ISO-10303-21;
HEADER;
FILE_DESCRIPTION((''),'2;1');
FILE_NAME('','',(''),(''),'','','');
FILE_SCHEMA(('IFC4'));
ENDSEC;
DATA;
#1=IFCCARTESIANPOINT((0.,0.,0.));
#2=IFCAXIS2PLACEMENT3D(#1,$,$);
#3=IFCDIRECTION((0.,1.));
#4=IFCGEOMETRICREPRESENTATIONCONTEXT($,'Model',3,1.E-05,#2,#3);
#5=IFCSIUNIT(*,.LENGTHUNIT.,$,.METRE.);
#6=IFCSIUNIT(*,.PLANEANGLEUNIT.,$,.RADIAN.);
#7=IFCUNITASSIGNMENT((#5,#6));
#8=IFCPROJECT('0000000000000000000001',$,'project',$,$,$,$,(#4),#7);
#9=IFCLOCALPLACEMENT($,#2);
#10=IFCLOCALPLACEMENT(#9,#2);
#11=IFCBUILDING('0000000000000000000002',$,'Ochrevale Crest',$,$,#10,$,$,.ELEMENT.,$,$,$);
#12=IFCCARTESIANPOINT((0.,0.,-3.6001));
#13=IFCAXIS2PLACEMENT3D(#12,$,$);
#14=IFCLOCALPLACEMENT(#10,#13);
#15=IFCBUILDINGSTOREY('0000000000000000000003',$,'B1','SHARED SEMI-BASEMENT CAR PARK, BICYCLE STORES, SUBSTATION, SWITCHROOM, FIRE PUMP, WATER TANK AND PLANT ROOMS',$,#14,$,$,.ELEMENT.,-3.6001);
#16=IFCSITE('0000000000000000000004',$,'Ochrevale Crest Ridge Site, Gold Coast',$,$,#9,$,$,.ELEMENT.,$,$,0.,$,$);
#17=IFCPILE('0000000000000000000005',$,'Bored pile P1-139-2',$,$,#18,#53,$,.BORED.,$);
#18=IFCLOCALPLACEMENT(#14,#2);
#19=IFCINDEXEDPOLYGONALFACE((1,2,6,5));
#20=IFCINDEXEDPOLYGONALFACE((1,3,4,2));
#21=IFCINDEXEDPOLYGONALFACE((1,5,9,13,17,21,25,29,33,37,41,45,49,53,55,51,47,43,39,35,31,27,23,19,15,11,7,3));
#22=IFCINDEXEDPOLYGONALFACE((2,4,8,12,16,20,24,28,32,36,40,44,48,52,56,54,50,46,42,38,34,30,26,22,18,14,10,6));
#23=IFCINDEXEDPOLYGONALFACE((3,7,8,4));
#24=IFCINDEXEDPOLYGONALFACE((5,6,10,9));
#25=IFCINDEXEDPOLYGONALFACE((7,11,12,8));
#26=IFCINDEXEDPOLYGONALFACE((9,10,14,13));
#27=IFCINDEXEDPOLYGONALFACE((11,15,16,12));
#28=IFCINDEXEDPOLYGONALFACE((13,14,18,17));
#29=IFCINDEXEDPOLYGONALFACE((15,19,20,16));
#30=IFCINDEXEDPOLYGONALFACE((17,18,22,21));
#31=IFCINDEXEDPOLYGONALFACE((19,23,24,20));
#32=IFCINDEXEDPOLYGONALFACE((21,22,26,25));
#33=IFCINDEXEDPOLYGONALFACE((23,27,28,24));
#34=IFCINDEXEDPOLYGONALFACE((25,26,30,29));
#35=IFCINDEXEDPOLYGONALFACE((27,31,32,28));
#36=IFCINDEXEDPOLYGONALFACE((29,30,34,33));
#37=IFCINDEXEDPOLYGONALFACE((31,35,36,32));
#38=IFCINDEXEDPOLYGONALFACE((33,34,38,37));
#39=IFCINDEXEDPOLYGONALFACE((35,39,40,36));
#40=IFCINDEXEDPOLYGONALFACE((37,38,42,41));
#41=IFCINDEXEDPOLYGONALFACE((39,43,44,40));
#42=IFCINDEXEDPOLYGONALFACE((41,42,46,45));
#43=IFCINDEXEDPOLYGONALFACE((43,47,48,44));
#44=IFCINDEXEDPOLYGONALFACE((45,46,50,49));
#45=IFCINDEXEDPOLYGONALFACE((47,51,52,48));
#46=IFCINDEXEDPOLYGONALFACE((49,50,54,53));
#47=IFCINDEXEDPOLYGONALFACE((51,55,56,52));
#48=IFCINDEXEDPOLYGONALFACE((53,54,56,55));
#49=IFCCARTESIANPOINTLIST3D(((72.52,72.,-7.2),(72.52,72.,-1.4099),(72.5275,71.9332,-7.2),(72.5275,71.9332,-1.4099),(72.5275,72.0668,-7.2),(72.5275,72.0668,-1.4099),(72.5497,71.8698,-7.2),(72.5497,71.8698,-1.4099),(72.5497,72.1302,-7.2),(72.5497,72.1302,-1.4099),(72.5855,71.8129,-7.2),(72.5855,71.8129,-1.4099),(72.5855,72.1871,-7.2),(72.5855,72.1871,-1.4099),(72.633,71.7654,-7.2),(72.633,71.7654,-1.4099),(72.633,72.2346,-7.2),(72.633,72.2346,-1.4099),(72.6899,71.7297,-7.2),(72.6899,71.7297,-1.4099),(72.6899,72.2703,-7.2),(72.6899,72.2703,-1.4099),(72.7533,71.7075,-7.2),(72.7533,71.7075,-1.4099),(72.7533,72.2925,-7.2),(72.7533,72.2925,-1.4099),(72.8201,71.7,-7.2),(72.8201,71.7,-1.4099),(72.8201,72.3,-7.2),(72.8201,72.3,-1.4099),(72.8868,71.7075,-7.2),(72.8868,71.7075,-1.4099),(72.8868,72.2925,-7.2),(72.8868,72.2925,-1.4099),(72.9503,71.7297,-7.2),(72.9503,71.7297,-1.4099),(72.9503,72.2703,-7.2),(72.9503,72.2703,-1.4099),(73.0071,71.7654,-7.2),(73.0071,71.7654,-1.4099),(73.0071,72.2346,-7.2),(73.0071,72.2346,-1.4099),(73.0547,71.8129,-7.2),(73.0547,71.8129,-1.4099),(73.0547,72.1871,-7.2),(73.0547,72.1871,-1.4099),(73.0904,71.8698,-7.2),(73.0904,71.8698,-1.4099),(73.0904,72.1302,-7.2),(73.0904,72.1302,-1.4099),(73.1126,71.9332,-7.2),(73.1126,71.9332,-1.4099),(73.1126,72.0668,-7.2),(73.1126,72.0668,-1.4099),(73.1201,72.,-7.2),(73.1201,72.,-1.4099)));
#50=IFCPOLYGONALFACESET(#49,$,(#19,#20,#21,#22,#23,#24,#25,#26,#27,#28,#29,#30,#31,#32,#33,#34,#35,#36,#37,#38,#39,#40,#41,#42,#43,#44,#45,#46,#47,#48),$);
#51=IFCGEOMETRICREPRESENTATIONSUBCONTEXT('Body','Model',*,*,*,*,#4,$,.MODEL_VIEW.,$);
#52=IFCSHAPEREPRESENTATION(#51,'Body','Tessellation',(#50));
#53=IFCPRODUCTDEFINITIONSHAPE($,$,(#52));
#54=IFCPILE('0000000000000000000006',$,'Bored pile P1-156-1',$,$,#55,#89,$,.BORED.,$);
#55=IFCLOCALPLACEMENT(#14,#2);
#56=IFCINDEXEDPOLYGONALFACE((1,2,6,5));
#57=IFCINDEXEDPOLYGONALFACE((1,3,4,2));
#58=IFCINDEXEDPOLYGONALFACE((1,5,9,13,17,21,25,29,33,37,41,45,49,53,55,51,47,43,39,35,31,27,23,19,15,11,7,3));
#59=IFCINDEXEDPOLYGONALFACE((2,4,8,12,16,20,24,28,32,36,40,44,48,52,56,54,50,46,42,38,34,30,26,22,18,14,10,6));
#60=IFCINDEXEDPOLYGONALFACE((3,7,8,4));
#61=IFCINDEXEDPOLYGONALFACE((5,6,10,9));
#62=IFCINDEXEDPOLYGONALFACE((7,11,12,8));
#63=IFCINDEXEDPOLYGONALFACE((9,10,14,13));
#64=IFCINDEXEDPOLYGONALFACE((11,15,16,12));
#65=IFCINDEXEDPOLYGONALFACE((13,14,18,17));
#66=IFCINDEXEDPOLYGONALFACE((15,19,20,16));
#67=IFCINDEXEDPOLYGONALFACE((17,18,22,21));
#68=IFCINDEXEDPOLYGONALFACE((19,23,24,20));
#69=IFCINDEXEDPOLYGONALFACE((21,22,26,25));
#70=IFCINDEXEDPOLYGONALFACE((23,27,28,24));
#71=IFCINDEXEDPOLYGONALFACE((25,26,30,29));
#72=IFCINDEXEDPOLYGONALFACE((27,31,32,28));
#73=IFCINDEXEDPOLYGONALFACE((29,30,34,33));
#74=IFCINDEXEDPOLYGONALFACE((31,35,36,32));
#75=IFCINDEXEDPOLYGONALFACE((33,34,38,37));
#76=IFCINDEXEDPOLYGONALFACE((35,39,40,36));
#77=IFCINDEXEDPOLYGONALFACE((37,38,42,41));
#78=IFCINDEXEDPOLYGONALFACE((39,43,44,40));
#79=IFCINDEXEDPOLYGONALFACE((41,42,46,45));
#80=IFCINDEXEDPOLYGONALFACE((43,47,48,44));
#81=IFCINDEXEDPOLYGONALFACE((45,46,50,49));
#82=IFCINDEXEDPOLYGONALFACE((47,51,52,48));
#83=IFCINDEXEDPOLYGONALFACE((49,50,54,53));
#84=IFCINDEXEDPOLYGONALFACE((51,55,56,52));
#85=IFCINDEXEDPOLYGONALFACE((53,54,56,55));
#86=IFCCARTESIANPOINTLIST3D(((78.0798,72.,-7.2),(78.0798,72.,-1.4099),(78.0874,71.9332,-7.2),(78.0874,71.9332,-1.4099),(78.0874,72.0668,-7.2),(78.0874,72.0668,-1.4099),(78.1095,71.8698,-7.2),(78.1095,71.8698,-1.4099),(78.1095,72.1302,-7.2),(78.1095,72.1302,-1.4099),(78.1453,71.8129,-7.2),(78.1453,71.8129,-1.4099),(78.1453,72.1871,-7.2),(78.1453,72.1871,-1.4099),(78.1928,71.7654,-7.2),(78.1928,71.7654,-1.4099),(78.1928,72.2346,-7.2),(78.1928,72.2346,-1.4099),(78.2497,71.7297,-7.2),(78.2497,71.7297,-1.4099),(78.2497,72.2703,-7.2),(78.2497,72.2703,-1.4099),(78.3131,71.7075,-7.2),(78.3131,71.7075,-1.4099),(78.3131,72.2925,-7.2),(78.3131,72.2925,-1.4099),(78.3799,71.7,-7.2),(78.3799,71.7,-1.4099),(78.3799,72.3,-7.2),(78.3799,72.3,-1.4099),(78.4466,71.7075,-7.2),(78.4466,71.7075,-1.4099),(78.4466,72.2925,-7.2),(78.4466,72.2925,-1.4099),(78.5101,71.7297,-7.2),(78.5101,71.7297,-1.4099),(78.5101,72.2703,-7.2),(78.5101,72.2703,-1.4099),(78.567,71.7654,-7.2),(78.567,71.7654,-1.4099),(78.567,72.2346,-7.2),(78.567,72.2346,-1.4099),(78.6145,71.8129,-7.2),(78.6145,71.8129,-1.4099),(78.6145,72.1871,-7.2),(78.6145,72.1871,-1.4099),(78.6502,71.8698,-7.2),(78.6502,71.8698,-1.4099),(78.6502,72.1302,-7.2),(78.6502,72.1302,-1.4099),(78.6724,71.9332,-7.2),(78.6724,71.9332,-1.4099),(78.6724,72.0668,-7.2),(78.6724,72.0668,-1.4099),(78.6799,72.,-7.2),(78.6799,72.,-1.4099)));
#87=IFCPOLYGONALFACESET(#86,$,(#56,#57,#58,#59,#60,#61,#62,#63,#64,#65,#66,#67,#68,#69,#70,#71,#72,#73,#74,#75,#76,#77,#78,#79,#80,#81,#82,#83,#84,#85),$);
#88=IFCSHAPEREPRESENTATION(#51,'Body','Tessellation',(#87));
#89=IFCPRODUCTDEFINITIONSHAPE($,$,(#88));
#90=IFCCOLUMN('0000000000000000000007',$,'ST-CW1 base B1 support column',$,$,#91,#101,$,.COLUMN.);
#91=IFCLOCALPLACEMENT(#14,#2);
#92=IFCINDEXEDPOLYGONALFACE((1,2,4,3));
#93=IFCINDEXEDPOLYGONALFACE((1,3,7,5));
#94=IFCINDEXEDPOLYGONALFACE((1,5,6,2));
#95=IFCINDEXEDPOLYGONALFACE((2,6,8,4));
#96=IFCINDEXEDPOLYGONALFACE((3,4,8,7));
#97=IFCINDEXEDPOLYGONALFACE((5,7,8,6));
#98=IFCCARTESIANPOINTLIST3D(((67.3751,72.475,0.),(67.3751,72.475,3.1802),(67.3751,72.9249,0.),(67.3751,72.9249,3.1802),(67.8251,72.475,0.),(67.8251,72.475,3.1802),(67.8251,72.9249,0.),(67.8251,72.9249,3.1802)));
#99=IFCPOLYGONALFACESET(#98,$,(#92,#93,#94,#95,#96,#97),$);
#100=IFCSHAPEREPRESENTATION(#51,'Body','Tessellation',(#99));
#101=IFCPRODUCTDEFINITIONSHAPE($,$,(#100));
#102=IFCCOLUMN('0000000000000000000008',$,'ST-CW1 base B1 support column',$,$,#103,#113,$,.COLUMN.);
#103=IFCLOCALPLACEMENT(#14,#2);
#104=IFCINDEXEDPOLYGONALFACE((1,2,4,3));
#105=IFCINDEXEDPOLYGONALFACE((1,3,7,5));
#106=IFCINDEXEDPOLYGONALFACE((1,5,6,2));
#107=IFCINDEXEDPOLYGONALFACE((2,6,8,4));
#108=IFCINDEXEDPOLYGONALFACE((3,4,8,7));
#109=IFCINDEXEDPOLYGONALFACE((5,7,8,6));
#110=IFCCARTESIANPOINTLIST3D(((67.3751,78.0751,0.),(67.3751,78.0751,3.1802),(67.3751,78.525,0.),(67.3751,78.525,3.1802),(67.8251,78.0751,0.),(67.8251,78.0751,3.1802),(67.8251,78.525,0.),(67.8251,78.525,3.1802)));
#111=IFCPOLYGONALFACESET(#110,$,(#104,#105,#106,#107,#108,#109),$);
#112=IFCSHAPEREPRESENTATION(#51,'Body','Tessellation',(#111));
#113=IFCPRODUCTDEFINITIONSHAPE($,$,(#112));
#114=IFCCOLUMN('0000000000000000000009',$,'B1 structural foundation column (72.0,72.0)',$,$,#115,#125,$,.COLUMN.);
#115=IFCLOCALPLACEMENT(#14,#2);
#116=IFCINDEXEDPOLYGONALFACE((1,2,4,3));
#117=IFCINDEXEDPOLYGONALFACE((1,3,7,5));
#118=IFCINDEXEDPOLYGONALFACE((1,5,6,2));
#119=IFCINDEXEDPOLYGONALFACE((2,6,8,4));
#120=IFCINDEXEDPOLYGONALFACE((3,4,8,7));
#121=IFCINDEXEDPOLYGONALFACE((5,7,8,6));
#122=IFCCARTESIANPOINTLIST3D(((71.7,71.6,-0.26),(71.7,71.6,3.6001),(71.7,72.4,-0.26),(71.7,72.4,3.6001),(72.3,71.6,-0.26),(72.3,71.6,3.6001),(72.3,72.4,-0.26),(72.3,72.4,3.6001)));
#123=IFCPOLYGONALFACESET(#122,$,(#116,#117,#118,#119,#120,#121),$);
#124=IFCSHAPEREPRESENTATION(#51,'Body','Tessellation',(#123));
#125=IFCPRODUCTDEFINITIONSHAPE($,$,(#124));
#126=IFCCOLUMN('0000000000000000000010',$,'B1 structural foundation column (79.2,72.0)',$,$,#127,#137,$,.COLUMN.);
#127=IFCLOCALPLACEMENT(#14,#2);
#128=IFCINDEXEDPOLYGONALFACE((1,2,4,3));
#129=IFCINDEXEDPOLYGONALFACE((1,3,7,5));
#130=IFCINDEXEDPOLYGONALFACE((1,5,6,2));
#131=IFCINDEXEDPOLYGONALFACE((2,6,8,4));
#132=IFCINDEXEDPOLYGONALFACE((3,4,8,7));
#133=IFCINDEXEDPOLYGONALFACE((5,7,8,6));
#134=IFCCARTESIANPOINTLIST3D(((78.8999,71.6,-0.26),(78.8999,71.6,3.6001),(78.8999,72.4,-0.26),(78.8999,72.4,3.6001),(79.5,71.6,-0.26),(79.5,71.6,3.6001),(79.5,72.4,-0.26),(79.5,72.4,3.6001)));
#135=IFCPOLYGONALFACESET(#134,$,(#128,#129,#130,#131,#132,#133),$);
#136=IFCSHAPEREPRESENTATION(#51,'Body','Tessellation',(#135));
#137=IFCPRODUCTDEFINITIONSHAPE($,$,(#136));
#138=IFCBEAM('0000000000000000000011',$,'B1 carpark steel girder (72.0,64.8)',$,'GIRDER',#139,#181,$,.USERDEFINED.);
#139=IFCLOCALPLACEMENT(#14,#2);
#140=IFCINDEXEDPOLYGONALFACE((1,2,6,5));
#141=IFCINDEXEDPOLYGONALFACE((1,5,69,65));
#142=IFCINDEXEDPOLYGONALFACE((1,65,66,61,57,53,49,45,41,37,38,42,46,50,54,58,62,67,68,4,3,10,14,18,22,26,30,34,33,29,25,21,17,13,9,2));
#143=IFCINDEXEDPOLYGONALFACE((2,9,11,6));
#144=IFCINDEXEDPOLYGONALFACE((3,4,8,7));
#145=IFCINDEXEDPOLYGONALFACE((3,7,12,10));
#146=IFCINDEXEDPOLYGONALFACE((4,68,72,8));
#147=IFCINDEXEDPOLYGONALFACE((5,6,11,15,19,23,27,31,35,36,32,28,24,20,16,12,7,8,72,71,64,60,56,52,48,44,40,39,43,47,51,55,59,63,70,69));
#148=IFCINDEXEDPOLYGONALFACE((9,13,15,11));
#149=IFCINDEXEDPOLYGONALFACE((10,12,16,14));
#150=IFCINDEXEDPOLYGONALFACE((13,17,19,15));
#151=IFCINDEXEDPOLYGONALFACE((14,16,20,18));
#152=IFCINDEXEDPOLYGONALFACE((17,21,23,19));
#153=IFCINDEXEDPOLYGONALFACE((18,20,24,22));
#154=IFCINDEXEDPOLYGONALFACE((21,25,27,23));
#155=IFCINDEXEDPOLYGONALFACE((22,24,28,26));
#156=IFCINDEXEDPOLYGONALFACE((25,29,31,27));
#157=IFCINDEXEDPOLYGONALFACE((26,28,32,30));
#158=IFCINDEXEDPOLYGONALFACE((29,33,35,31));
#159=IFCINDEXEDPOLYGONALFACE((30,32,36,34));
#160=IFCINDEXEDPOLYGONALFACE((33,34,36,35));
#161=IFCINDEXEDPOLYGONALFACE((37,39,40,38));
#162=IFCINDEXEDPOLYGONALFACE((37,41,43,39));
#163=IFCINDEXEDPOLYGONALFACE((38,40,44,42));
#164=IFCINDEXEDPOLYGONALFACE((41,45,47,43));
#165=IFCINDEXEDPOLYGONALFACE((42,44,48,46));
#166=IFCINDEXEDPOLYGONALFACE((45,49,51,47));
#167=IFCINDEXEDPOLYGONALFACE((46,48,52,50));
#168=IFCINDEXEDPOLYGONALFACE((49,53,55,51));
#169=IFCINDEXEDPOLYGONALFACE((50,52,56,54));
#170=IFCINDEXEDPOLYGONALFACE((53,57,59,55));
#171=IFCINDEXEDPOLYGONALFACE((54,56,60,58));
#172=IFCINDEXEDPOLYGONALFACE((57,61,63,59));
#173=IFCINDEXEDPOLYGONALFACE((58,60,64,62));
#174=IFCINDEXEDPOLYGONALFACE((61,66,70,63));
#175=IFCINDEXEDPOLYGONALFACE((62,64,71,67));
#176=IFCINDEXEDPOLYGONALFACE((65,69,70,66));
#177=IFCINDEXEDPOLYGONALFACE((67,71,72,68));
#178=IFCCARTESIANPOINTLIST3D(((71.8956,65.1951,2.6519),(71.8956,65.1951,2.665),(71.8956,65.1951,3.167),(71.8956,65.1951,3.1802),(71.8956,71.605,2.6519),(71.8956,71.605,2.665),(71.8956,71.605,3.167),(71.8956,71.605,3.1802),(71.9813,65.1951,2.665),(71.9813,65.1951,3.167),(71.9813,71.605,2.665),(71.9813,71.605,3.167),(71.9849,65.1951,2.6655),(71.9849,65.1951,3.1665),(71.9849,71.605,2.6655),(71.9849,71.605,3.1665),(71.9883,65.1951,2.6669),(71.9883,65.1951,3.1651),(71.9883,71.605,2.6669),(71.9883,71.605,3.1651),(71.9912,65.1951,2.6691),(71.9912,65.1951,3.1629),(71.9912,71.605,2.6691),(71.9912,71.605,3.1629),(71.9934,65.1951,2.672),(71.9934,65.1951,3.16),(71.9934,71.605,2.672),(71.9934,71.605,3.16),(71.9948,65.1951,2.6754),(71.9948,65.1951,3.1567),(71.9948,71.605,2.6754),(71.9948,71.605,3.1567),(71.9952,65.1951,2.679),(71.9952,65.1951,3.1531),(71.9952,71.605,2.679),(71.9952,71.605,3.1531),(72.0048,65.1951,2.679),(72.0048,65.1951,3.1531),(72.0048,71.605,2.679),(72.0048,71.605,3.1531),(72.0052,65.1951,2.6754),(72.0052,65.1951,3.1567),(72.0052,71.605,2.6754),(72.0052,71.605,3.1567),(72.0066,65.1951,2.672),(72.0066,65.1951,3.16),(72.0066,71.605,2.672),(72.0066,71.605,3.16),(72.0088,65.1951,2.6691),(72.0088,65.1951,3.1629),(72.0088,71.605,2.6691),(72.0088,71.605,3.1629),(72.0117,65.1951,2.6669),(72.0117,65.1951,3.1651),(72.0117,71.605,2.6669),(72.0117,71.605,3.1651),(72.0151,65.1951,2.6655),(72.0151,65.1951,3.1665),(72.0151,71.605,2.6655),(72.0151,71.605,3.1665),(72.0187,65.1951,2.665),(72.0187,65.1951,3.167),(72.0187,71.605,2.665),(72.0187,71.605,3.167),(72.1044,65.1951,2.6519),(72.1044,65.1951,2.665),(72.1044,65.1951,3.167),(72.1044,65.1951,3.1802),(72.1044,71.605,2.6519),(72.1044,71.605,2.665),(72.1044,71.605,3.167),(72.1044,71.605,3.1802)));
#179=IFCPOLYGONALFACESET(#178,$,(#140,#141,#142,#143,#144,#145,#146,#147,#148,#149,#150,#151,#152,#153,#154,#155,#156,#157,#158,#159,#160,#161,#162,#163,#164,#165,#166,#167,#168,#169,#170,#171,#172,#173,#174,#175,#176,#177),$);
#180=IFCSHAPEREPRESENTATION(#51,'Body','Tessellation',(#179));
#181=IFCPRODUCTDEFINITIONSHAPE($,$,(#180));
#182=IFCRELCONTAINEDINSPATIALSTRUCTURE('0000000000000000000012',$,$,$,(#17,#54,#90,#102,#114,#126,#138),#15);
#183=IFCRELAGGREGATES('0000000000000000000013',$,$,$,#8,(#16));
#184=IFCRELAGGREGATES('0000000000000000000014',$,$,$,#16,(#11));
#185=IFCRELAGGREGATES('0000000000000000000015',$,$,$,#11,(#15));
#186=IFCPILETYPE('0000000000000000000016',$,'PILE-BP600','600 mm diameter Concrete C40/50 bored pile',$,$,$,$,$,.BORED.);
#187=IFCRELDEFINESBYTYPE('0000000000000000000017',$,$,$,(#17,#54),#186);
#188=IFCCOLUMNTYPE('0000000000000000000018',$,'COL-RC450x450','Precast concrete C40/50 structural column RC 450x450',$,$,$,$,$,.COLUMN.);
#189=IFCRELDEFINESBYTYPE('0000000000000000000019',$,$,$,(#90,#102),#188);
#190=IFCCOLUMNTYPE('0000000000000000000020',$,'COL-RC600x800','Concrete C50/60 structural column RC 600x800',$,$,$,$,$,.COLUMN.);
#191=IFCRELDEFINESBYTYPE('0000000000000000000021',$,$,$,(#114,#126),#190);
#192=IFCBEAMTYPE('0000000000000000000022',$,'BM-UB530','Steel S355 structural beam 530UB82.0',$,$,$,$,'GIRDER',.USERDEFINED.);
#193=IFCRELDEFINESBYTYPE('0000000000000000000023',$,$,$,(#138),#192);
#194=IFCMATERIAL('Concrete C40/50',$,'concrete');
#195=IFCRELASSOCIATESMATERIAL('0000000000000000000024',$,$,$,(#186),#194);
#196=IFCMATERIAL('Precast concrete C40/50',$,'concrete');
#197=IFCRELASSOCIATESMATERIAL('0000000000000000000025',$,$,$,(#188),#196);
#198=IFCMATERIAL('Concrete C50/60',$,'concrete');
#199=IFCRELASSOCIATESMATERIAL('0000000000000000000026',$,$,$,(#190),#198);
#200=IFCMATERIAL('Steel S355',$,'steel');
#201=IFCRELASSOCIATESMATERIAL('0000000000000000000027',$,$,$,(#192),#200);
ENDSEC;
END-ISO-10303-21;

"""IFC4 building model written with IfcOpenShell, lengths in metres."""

from ifc_helpers import new_model, si_unit, direction, frame, origin, origin_2d, place, context, subcontext, project, spatial, rectangle, circle, i_section, extrude, material, material_profile, profile_set, type_object, element, save


model = new_model("IFC4")

# Units and contexts
model_context = context("Model", 3, precision=1e-05, world=origin(), true_north=direction((0.0, 1.0)))
body_context = subcontext(model_context, "Body", "Model", "MODEL_VIEW")
ifc_project = project(units=[si_unit("LENGTHUNIT", "METRE"), si_unit("PLANEANGLEUNIT", "RADIAN")], contexts=[model_context])

# Site, building, storey
site_placement = place(None, origin())
site = spatial("IfcSite", under=ifc_project, at=site_placement, Name="Ochrevale Crest Ridge Site, Gold Coast", CompositionType="ELEMENT", RefElevation=0.0)
building_placement = place(site_placement, origin())
building = spatial("IfcBuilding", under=site, at=building_placement, Name="Ochrevale Crest", CompositionType="ELEMENT")
storey_placement = place(building_placement, frame((0.0, 0.0, -3.6001)))
storey = spatial("IfcBuildingStorey", under=building, at=storey_placement, Name="B1", Description="SHARED SEMI-BASEMENT CAR PARK, BICYCLE STORES, SUBSTATION, SWITCHROOM, FIRE PUMP, WATER TANK AND PLANT ROOMS", CompositionType="ELEMENT", Elevation=-3.6001)

# Shared definitions
ifc_material_1 = material(Name="Concrete C40/50", Category="concrete")

# Piles
ifc_material_profile_1 = material_profile(ifc_material_1, circle(Radius=0.3, at=origin_2d()), Name="BORED PILE 600")
ifc_profile_set_1 = profile_set([ifc_material_profile_1], Name="Concrete C40/50")
pile_type = type_object("IfcPileType", Name="PILE-BP600", Description="600 mm diameter Concrete C40/50 bored pile", PredefinedType="BORED", material=ifc_profile_set_1)
for number, where, z_axis, x_axis, name in (
    (1, (72.8201, 72.0, -1.4099), (0.0, 0.0, -1.0), (1.0, 0.0, 0.0), "Bored pile P1-139-2"),
    (2, (78.3799, 72.0, -1.4099), (0.0, 0.0, -1.0), (1.0, 0.0, 0.0), "Bored pile P1-156-1"),
):
    element("IfcPile", number, at=place(storey_placement, frame(where, z_axis=z_axis, x_axis=x_axis)), inside=storey, type_object=pile_type, Name=name, PredefinedType="BORED", context=body_context, shape_type="SweptSolid", body=[
        extrude(circle(Radius=0.3, at=origin_2d()), origin(), (0.0, 0.0, 1.0), 5.79),
    ])

# Columns
ifc_material_2 = material(Name="Precast concrete C40/50", Category="concrete")
ifc_material_profile_2 = material_profile(ifc_material_2, rectangle(XDim=0.45, YDim=0.45, at=origin_2d()), Name="RC 450x450")
ifc_profile_set_2 = profile_set([ifc_material_profile_2], Name="Precast concrete C40/50")
column_type_1 = type_object("IfcColumnType", Name="COL-RC450x450", Description="Precast concrete C40/50 structural column RC 450x450", PredefinedType="COLUMN", material=ifc_profile_set_2)
for number, where, z_axis, x_axis, name in (
    (3, (67.6001, 72.7, 0.0), (0.0, 0.0, 1.0), (1.0, 0.0, 0.0), "ST-CW1 base B1 support column"),
    (4, (67.6001, 78.3, 0.0), (0.0, 0.0, 1.0), (1.0, 0.0, 0.0), "ST-CW1 base B1 support column"),
):
    element("IfcColumn", number, at=place(storey_placement, frame(where, z_axis=z_axis, x_axis=x_axis)), inside=storey, type_object=column_type_1, Name=name, PredefinedType="COLUMN", context=body_context, shape_type="SweptSolid", body=[
        extrude(rectangle(XDim=0.45, YDim=0.45, at=origin_2d()), origin(), (0.0, 0.0, 1.0), 3.1802),
    ])
ifc_material_3 = material(Name="Concrete C50/60", Category="concrete")
ifc_material_profile_3 = material_profile(ifc_material_3, rectangle(XDim=0.6001, YDim=0.8, at=origin_2d()), Name="RC 600x800")
ifc_profile_set_3 = profile_set([ifc_material_profile_3], Name="Concrete C50/60")
column_type_2 = type_object("IfcColumnType", Name="COL-RC600x800", Description="Concrete C50/60 structural column RC 600x800", PredefinedType="COLUMN", material=ifc_profile_set_3)
for number, where, z_axis, x_axis, name in (
    (5, (72.0, 72.0, -0.26), (0.0, 0.0, 1.0), (1.0, 0.0, 0.0), "B1 structural foundation column (72.0,72.0)"),
    (6, (79.2, 72.0, -0.26), (0.0, 0.0, 1.0), (1.0, 0.0, 0.0), "B1 structural foundation column (79.2,72.0)"),
):
    element("IfcColumn", number, at=place(storey_placement, frame(where, z_axis=z_axis, x_axis=x_axis)), inside=storey, type_object=column_type_2, Name=name, PredefinedType="COLUMN", context=body_context, shape_type="SweptSolid", body=[
        extrude(rectangle(XDim=0.6001, YDim=0.8, at=origin_2d()), origin(), (0.0, 0.0, 1.0), 3.8601),
    ])

# Beam
ifc_material_4 = material(Name="Steel S355", Category="steel")
ifc_material_profile_4 = material_profile(ifc_material_4, i_section(OverallWidth=0.2087, OverallDepth=0.5283, WebThickness=0.0095, FlangeThickness=0.0132, FilletRadius=0.0139, at=origin_2d()), Name="530UB82.0")
ifc_profile_set_4 = profile_set([ifc_material_profile_4], Name="Steel S355")
beam_type = type_object("IfcBeamType", Name="BM-UB530", Description="Steel S355 structural beam 530UB82.0", ElementType="GIRDER", PredefinedType="USERDEFINED", material=ifc_profile_set_4)
for number, where, z_axis, x_axis, name in (
    (7, (72.0, 65.1951, 2.916), (0.0, 1.0, 0.0), (-1.0, 0.0, 0.0), "B1 carpark steel girder (72.0,64.8)"),
):
    element("IfcBeam", number, at=place(storey_placement, frame(where, z_axis=z_axis, x_axis=x_axis)), inside=storey, type_object=beam_type, Name=name, ObjectType="GIRDER", PredefinedType="USERDEFINED", context=body_context, shape_type="SweptSolid", body=[
        extrude(i_section(OverallWidth=0.2087, OverallDepth=0.5283, WebThickness=0.0095, FlangeThickness=0.0132, FilletRadius=0.0139, at=origin_2d()), origin(), (0.0, 0.0, 1.0), 6.4099),
    ])

save(model, "model.ifc")
